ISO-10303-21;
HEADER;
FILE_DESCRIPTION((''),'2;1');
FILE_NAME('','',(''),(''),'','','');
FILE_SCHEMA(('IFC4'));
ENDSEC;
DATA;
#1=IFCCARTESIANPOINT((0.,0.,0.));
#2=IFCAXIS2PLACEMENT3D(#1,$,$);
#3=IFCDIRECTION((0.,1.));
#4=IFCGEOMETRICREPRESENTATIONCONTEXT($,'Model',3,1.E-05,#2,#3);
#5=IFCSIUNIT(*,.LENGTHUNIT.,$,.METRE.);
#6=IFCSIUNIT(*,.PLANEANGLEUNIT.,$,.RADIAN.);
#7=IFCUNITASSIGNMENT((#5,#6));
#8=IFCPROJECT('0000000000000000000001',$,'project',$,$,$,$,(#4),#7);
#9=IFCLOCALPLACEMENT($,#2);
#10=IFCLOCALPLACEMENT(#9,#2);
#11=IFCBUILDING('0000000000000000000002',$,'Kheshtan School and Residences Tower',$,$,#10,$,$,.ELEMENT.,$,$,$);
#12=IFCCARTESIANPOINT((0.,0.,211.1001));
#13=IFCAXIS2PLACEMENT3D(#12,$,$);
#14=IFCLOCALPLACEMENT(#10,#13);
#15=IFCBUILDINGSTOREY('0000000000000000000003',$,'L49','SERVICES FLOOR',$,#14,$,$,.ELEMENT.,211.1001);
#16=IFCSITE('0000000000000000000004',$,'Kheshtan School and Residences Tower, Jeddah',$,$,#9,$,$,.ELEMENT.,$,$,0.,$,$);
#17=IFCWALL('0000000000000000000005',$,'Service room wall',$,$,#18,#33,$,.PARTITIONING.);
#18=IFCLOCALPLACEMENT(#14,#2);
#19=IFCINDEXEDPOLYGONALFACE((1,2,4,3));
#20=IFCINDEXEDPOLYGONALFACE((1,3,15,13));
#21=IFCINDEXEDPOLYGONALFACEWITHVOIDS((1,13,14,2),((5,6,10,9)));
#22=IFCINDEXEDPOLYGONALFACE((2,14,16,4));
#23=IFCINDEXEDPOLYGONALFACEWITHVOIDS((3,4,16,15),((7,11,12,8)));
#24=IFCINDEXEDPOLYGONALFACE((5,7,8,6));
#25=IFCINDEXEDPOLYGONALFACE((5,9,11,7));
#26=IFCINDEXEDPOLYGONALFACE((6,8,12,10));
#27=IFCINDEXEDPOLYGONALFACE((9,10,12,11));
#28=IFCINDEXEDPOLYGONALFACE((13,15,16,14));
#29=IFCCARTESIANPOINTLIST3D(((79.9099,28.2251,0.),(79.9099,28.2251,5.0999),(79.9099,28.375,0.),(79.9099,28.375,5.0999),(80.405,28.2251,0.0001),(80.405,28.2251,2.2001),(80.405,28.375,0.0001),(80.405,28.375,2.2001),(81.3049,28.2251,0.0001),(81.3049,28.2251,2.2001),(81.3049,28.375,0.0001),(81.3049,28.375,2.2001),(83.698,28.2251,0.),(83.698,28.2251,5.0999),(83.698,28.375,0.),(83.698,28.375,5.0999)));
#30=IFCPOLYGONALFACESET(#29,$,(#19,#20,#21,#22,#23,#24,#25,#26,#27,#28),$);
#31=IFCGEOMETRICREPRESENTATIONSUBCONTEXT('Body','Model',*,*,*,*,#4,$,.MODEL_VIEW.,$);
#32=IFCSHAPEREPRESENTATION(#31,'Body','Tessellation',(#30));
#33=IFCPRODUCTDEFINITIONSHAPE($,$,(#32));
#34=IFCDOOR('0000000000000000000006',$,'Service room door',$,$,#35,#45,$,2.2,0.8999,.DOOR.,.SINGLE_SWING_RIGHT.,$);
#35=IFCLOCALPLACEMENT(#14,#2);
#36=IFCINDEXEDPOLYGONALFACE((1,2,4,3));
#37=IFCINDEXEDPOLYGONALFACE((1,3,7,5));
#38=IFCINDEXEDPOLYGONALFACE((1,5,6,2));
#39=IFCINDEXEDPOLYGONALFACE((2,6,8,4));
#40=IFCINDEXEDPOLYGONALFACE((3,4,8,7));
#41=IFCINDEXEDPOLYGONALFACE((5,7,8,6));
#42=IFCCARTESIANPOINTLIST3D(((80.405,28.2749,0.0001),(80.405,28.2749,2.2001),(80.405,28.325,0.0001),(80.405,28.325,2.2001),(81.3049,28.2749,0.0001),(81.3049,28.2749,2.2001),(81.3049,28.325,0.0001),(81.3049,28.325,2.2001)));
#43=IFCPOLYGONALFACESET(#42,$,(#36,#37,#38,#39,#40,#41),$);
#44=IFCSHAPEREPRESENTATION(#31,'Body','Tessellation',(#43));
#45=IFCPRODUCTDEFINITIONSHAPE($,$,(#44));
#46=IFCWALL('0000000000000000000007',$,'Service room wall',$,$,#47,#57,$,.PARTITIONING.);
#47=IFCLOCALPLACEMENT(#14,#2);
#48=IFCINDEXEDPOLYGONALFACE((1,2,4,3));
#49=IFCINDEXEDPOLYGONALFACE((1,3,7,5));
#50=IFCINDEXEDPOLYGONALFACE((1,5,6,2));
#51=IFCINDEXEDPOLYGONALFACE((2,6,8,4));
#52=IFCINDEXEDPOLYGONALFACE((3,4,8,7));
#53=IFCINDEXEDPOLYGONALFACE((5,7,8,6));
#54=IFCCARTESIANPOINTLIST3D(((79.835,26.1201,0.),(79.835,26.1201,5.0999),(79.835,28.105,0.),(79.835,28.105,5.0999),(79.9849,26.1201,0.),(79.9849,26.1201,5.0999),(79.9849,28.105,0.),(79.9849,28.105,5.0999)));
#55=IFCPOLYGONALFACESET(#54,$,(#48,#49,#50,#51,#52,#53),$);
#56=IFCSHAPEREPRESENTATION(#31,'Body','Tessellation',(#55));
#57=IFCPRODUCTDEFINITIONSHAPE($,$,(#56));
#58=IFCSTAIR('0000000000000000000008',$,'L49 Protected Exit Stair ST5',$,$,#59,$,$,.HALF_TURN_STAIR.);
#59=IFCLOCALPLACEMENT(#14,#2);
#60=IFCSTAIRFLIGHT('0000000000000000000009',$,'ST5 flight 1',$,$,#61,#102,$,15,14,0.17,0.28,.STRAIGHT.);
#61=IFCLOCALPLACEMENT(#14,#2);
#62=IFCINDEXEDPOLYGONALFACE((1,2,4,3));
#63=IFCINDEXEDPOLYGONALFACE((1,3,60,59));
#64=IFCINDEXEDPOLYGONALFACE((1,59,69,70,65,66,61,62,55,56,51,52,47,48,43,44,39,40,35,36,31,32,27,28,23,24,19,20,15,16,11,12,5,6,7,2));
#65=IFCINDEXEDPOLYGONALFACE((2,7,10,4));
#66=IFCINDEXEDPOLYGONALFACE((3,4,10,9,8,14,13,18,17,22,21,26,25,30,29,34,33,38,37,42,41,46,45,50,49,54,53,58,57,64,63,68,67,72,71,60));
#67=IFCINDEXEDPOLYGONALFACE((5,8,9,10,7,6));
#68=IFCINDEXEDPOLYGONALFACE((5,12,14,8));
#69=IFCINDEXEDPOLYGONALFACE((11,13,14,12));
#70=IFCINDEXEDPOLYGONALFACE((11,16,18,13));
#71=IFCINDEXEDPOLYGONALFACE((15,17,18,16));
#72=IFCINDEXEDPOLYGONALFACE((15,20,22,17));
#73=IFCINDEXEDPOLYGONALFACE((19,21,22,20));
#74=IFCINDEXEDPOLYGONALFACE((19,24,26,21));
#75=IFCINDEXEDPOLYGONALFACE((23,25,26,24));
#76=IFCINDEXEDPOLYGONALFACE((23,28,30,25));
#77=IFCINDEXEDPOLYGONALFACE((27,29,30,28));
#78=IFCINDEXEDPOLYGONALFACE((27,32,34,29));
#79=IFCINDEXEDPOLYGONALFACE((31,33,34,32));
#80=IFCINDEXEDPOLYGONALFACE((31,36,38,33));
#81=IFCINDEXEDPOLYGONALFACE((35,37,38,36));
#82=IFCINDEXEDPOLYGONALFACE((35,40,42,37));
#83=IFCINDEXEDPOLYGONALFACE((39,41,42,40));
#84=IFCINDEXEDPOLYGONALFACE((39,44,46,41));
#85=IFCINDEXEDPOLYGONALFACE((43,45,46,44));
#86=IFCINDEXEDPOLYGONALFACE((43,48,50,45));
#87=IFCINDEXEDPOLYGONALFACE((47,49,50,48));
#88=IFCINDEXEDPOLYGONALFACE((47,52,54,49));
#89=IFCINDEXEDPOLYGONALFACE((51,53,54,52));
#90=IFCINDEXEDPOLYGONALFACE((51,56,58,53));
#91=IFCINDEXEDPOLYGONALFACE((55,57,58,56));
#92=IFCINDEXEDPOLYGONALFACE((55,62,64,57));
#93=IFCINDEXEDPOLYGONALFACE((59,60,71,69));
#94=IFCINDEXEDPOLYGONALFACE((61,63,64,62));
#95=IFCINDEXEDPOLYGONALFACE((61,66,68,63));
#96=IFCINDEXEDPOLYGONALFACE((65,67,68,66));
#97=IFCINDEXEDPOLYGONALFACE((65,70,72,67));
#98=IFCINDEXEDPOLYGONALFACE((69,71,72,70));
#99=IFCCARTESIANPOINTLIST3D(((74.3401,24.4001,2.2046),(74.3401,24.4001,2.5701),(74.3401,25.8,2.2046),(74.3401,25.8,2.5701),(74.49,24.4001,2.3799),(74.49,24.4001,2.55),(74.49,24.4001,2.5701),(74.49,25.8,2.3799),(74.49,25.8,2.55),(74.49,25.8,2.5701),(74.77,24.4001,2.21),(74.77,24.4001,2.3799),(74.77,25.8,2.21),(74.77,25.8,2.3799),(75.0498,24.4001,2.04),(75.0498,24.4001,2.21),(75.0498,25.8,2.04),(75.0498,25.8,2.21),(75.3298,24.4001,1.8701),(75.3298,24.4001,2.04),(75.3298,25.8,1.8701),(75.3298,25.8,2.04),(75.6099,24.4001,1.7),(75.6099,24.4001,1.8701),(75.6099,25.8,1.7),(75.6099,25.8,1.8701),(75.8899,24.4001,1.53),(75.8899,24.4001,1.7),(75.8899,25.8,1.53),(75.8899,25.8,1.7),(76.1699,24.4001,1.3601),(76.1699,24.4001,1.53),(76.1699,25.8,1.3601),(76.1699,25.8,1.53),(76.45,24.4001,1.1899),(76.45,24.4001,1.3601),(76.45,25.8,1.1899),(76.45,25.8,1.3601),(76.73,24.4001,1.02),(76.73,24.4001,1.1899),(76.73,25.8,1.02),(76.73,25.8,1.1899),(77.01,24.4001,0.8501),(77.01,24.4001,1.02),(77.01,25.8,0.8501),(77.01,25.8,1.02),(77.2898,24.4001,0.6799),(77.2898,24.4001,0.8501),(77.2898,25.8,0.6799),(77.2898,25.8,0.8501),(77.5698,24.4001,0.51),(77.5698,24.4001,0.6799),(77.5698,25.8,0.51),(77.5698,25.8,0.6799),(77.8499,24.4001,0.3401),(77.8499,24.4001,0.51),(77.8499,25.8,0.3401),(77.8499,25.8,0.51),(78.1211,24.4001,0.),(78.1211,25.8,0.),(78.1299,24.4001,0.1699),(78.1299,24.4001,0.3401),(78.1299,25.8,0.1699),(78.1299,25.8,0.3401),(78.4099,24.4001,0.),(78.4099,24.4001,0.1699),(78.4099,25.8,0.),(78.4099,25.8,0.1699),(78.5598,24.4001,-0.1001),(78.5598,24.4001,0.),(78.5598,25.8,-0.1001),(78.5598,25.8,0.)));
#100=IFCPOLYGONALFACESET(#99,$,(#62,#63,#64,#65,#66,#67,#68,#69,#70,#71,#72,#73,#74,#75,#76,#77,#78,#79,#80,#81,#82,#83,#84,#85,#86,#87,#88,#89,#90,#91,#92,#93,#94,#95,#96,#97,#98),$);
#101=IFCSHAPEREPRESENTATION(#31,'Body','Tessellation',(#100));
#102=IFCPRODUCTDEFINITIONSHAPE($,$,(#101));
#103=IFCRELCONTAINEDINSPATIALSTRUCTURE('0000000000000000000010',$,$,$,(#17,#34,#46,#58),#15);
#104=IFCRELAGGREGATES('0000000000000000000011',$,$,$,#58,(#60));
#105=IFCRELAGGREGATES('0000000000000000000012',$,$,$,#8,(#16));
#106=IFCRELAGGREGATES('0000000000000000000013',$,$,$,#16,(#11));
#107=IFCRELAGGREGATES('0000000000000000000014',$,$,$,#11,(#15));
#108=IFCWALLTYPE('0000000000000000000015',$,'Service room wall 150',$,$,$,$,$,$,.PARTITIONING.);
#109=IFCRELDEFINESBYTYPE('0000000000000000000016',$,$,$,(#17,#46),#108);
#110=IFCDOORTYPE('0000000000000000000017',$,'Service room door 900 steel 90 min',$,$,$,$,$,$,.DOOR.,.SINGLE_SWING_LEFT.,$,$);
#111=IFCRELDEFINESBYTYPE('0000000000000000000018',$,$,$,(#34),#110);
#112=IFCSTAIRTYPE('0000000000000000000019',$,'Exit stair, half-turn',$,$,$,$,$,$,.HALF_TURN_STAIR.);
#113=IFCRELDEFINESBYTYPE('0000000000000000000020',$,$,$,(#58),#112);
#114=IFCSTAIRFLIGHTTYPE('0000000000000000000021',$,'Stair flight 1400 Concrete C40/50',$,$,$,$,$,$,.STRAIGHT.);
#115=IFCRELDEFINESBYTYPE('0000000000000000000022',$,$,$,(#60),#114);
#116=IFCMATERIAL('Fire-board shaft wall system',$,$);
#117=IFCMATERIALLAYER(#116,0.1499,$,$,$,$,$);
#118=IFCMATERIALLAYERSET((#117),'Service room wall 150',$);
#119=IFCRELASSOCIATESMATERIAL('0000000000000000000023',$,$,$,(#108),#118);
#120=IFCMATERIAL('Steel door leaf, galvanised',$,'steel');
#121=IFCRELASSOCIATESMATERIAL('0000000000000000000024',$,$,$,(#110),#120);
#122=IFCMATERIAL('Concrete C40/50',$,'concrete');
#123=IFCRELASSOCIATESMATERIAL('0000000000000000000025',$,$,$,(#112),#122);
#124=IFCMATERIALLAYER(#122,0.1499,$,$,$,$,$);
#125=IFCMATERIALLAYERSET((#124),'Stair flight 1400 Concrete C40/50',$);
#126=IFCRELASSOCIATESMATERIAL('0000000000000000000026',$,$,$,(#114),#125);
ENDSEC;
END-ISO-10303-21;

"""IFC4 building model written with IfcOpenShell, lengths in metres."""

from ifc_helpers import new_model, si_unit, direction, frame, frame_2d, origin, place, context, subcontext, project, spatial, polyline, rectangle, outline, extrude, source, transform, mapped, material, layer, layer_set, type_object, element, fill, aggregate, save


model = new_model("IFC4")

# Units and contexts
model_context = context("Model", 3, precision=1e-05, world=origin(), true_north=direction((0.0, 1.0)))
body_context = subcontext(model_context, "Body", "Model", "MODEL_VIEW")
ifc_project = project(units=[si_unit("LENGTHUNIT", "METRE"), si_unit("PLANEANGLEUNIT", "RADIAN")], contexts=[model_context])

# Site, building, storey
site_placement = place(None, origin())
site = spatial("IfcSite", under=ifc_project, at=site_placement, Name="Kheshtan School and Residences Tower, Jeddah", CompositionType="ELEMENT", RefElevation=0.0)
building_placement = place(site_placement, origin())
building = spatial("IfcBuilding", under=site, at=building_placement, Name="Kheshtan School and Residences Tower", CompositionType="ELEMENT")
storey_placement = place(building_placement, frame((0.0, 0.0, 211.1001)))
storey = spatial("IfcBuildingStorey", under=building, at=storey_placement, Name="L49", Description="SERVICES FLOOR", CompositionType="ELEMENT", Elevation=211.1001)

# Shared definitions
ifc_material_1 = material(Name="Fire-board shaft wall system")
ifc_layer_1 = layer(ifc_material_1, 0.1499)
ifc_layer_set_1 = layer_set([ifc_layer_1], Name="Service room wall 150")
wall_type_1 = type_object("IfcWallType", Name="Service room wall 150", PredefinedType="PARTITIONING", material=ifc_layer_set_1)

# Wall, opening, door
wall_1_placement = place(storey_placement, frame((79.9099, 28.3, 0.0), z_axis=(0.0, 0.0, 1.0), x_axis=(1.0, 0.0, 0.0)))
wall_1 = element("IfcWall", 1, at=wall_1_placement, inside=storey, type_object=wall_type_1, Name="Service room wall", PredefinedType="PARTITIONING", context=body_context, shape_type="SweptSolid", body=[
    extrude(rectangle(XDim=3.7881, YDim=0.1499, at=frame_2d((1.894, 0.0))), origin(), (0.0, 0.0, 1.0), 5.0999),
])
opening_1_placement = place(wall_1_placement, frame((0.4951, 0.0, 0.0)))
opening_1 = element("IfcOpeningElement", 2, at=opening_1_placement, cuts=wall_1, PredefinedType="OPENING", context=body_context, shape_type="SweptSolid", body=[
    extrude(rectangle(XDim=0.8999, YDim=2.2, at=frame_2d((0.45, 1.1001))), frame((0.0, 0.085, 0.0), z_axis=(0.0, -1.0, 0.0), x_axis=(1.0, 0.0, 0.0)), (0.0, 0.0, 1.0), 0.1699),
])
ifc_material_2 = material(Name="Steel door leaf, galvanised", Category="steel")
door_type_1 = type_object("IfcDoorType", Name="Service room door 900 steel 90 min", OperationType="SINGLE_SWING_LEFT", PredefinedType="DOOR", material=ifc_material_2)
shared_shape_1 = source(origin(), body_context, "Body", "SweptSolid", [
    extrude(rectangle(XDim=0.8999, YDim=2.2, at=frame_2d((0.45, 1.1001))), frame((0.0, 0.0249, 0.0), z_axis=(0.0, -1.0, 0.0), x_axis=(1.0, 0.0, 0.0)), (0.0, 0.0, 1.0), 0.05),
])
door_1_placement = place(opening_1_placement, origin())
door_1 = element("IfcDoor", 3, at=door_1_placement, inside=storey, type_object=door_type_1, Name="Service room door", OperationType="SINGLE_SWING_RIGHT", OverallHeight=2.2, OverallWidth=0.8999, PredefinedType="DOOR", context=body_context, shape_type="MappedRepresentation", body=[
    mapped(shared_shape_1, transform((0.0, 0.0, 0.0), x_axis=(1.0, 0.0, 0.0), y_axis=(0.0, 1.0, 0.0), z_axis=(0.0, 0.0, 1.0), scale=1.0)),
])
fill(opening_1, door_1)

# Wall
wall_2_placement = place(storey_placement, frame((79.9099, 26.1201, 0.0), z_axis=(0.0, 0.0, 1.0), x_axis=(0.0, 1.0, 0.0)))
element("IfcWall", 4, at=wall_2_placement, inside=storey, type_object=wall_type_1, Name="Service room wall", PredefinedType="PARTITIONING", context=body_context, shape_type="SweptSolid", body=[
    extrude(rectangle(XDim=1.9849, YDim=0.1499, at=frame_2d((0.9924, 0.0))), origin(), (0.0, 0.0, 1.0), 5.0999),
])

# Stair, stair flight
ifc_material_3 = material(Name="Concrete C40/50", Category="concrete")
stair_type = type_object("IfcStairType", Name="Exit stair, half-turn", PredefinedType="HALF_TURN_STAIR", material=ifc_material_3)
stair_placement = place(storey_placement, origin())
stair = element("IfcStair", 5, at=stair_placement, inside=storey, type_object=stair_type, Name="L49 Protected Exit Stair ST5", PredefinedType="HALF_TURN_STAIR")
ifc_layer_2 = layer(ifc_material_3, 0.1499)
ifc_layer_set_2 = layer_set([ifc_layer_2], Name="Stair flight 1400 Concrete C40/50")
stair_flight_type = type_object("IfcStairFlightType", Name="Stair flight 1400 Concrete C40/50", PredefinedType="STRAIGHT", material=ifc_layer_set_2)
stair_flight_placement = place(storey_placement, frame((78.4099, 25.1001, 0.0), z_axis=(0.0, 0.0, 1.0), x_axis=(-1.0, 0.0, 0.0)))
stair_flight = element("IfcStairFlight", 6, at=stair_flight_placement, type_object=stair_flight_type, Name="ST5 flight 1", NumberOfRisers=15, NumberOfTreads=14, PredefinedType="STRAIGHT", RiserHeight=0.17, TreadLength=0.28, context=body_context, shape_type="SweptSolid", body=[
    extrude(outline(polyline([(-0.1499, -0.1001), (-0.1499, 0.0), (0.0, 0.0), (0.0, 0.1699), (0.28, 0.1699), (0.28, 0.3401), (0.5601, 0.3401), (0.5601, 0.51), (0.8401, 0.51), (0.8401, 0.6799), (1.1201, 0.6799), (1.1201, 0.8501), (1.3999, 0.8501), (1.3999, 1.02), (1.6799, 1.02), (1.6799, 1.1899), (1.96, 1.1899), (1.96, 1.3601), (2.24, 1.3601), (2.24, 1.53), (2.52, 1.53), (2.52, 1.7), (2.8, 1.7), (2.8, 1.8701), (3.0801, 1.8701), (3.0801, 2.04), (3.3601, 2.04), (3.3601, 2.21), (3.6399, 2.21), (3.6399, 2.3799), (3.9199, 2.3799), (3.9199, 2.55), (3.9199, 2.5701), (4.0698, 2.5701), (4.0698, 2.2046), (0.2888, 0.0), (-0.1499, -0.1001)])), frame((0.0, 0.7, 0.0), z_axis=(0.0, -1.0, 0.0), x_axis=(1.0, 0.0, 0.0)), (0.0, 0.0, 1.0), 1.3999),
])
aggregate(stair, [stair_flight])

save(model, "model.ifc")
